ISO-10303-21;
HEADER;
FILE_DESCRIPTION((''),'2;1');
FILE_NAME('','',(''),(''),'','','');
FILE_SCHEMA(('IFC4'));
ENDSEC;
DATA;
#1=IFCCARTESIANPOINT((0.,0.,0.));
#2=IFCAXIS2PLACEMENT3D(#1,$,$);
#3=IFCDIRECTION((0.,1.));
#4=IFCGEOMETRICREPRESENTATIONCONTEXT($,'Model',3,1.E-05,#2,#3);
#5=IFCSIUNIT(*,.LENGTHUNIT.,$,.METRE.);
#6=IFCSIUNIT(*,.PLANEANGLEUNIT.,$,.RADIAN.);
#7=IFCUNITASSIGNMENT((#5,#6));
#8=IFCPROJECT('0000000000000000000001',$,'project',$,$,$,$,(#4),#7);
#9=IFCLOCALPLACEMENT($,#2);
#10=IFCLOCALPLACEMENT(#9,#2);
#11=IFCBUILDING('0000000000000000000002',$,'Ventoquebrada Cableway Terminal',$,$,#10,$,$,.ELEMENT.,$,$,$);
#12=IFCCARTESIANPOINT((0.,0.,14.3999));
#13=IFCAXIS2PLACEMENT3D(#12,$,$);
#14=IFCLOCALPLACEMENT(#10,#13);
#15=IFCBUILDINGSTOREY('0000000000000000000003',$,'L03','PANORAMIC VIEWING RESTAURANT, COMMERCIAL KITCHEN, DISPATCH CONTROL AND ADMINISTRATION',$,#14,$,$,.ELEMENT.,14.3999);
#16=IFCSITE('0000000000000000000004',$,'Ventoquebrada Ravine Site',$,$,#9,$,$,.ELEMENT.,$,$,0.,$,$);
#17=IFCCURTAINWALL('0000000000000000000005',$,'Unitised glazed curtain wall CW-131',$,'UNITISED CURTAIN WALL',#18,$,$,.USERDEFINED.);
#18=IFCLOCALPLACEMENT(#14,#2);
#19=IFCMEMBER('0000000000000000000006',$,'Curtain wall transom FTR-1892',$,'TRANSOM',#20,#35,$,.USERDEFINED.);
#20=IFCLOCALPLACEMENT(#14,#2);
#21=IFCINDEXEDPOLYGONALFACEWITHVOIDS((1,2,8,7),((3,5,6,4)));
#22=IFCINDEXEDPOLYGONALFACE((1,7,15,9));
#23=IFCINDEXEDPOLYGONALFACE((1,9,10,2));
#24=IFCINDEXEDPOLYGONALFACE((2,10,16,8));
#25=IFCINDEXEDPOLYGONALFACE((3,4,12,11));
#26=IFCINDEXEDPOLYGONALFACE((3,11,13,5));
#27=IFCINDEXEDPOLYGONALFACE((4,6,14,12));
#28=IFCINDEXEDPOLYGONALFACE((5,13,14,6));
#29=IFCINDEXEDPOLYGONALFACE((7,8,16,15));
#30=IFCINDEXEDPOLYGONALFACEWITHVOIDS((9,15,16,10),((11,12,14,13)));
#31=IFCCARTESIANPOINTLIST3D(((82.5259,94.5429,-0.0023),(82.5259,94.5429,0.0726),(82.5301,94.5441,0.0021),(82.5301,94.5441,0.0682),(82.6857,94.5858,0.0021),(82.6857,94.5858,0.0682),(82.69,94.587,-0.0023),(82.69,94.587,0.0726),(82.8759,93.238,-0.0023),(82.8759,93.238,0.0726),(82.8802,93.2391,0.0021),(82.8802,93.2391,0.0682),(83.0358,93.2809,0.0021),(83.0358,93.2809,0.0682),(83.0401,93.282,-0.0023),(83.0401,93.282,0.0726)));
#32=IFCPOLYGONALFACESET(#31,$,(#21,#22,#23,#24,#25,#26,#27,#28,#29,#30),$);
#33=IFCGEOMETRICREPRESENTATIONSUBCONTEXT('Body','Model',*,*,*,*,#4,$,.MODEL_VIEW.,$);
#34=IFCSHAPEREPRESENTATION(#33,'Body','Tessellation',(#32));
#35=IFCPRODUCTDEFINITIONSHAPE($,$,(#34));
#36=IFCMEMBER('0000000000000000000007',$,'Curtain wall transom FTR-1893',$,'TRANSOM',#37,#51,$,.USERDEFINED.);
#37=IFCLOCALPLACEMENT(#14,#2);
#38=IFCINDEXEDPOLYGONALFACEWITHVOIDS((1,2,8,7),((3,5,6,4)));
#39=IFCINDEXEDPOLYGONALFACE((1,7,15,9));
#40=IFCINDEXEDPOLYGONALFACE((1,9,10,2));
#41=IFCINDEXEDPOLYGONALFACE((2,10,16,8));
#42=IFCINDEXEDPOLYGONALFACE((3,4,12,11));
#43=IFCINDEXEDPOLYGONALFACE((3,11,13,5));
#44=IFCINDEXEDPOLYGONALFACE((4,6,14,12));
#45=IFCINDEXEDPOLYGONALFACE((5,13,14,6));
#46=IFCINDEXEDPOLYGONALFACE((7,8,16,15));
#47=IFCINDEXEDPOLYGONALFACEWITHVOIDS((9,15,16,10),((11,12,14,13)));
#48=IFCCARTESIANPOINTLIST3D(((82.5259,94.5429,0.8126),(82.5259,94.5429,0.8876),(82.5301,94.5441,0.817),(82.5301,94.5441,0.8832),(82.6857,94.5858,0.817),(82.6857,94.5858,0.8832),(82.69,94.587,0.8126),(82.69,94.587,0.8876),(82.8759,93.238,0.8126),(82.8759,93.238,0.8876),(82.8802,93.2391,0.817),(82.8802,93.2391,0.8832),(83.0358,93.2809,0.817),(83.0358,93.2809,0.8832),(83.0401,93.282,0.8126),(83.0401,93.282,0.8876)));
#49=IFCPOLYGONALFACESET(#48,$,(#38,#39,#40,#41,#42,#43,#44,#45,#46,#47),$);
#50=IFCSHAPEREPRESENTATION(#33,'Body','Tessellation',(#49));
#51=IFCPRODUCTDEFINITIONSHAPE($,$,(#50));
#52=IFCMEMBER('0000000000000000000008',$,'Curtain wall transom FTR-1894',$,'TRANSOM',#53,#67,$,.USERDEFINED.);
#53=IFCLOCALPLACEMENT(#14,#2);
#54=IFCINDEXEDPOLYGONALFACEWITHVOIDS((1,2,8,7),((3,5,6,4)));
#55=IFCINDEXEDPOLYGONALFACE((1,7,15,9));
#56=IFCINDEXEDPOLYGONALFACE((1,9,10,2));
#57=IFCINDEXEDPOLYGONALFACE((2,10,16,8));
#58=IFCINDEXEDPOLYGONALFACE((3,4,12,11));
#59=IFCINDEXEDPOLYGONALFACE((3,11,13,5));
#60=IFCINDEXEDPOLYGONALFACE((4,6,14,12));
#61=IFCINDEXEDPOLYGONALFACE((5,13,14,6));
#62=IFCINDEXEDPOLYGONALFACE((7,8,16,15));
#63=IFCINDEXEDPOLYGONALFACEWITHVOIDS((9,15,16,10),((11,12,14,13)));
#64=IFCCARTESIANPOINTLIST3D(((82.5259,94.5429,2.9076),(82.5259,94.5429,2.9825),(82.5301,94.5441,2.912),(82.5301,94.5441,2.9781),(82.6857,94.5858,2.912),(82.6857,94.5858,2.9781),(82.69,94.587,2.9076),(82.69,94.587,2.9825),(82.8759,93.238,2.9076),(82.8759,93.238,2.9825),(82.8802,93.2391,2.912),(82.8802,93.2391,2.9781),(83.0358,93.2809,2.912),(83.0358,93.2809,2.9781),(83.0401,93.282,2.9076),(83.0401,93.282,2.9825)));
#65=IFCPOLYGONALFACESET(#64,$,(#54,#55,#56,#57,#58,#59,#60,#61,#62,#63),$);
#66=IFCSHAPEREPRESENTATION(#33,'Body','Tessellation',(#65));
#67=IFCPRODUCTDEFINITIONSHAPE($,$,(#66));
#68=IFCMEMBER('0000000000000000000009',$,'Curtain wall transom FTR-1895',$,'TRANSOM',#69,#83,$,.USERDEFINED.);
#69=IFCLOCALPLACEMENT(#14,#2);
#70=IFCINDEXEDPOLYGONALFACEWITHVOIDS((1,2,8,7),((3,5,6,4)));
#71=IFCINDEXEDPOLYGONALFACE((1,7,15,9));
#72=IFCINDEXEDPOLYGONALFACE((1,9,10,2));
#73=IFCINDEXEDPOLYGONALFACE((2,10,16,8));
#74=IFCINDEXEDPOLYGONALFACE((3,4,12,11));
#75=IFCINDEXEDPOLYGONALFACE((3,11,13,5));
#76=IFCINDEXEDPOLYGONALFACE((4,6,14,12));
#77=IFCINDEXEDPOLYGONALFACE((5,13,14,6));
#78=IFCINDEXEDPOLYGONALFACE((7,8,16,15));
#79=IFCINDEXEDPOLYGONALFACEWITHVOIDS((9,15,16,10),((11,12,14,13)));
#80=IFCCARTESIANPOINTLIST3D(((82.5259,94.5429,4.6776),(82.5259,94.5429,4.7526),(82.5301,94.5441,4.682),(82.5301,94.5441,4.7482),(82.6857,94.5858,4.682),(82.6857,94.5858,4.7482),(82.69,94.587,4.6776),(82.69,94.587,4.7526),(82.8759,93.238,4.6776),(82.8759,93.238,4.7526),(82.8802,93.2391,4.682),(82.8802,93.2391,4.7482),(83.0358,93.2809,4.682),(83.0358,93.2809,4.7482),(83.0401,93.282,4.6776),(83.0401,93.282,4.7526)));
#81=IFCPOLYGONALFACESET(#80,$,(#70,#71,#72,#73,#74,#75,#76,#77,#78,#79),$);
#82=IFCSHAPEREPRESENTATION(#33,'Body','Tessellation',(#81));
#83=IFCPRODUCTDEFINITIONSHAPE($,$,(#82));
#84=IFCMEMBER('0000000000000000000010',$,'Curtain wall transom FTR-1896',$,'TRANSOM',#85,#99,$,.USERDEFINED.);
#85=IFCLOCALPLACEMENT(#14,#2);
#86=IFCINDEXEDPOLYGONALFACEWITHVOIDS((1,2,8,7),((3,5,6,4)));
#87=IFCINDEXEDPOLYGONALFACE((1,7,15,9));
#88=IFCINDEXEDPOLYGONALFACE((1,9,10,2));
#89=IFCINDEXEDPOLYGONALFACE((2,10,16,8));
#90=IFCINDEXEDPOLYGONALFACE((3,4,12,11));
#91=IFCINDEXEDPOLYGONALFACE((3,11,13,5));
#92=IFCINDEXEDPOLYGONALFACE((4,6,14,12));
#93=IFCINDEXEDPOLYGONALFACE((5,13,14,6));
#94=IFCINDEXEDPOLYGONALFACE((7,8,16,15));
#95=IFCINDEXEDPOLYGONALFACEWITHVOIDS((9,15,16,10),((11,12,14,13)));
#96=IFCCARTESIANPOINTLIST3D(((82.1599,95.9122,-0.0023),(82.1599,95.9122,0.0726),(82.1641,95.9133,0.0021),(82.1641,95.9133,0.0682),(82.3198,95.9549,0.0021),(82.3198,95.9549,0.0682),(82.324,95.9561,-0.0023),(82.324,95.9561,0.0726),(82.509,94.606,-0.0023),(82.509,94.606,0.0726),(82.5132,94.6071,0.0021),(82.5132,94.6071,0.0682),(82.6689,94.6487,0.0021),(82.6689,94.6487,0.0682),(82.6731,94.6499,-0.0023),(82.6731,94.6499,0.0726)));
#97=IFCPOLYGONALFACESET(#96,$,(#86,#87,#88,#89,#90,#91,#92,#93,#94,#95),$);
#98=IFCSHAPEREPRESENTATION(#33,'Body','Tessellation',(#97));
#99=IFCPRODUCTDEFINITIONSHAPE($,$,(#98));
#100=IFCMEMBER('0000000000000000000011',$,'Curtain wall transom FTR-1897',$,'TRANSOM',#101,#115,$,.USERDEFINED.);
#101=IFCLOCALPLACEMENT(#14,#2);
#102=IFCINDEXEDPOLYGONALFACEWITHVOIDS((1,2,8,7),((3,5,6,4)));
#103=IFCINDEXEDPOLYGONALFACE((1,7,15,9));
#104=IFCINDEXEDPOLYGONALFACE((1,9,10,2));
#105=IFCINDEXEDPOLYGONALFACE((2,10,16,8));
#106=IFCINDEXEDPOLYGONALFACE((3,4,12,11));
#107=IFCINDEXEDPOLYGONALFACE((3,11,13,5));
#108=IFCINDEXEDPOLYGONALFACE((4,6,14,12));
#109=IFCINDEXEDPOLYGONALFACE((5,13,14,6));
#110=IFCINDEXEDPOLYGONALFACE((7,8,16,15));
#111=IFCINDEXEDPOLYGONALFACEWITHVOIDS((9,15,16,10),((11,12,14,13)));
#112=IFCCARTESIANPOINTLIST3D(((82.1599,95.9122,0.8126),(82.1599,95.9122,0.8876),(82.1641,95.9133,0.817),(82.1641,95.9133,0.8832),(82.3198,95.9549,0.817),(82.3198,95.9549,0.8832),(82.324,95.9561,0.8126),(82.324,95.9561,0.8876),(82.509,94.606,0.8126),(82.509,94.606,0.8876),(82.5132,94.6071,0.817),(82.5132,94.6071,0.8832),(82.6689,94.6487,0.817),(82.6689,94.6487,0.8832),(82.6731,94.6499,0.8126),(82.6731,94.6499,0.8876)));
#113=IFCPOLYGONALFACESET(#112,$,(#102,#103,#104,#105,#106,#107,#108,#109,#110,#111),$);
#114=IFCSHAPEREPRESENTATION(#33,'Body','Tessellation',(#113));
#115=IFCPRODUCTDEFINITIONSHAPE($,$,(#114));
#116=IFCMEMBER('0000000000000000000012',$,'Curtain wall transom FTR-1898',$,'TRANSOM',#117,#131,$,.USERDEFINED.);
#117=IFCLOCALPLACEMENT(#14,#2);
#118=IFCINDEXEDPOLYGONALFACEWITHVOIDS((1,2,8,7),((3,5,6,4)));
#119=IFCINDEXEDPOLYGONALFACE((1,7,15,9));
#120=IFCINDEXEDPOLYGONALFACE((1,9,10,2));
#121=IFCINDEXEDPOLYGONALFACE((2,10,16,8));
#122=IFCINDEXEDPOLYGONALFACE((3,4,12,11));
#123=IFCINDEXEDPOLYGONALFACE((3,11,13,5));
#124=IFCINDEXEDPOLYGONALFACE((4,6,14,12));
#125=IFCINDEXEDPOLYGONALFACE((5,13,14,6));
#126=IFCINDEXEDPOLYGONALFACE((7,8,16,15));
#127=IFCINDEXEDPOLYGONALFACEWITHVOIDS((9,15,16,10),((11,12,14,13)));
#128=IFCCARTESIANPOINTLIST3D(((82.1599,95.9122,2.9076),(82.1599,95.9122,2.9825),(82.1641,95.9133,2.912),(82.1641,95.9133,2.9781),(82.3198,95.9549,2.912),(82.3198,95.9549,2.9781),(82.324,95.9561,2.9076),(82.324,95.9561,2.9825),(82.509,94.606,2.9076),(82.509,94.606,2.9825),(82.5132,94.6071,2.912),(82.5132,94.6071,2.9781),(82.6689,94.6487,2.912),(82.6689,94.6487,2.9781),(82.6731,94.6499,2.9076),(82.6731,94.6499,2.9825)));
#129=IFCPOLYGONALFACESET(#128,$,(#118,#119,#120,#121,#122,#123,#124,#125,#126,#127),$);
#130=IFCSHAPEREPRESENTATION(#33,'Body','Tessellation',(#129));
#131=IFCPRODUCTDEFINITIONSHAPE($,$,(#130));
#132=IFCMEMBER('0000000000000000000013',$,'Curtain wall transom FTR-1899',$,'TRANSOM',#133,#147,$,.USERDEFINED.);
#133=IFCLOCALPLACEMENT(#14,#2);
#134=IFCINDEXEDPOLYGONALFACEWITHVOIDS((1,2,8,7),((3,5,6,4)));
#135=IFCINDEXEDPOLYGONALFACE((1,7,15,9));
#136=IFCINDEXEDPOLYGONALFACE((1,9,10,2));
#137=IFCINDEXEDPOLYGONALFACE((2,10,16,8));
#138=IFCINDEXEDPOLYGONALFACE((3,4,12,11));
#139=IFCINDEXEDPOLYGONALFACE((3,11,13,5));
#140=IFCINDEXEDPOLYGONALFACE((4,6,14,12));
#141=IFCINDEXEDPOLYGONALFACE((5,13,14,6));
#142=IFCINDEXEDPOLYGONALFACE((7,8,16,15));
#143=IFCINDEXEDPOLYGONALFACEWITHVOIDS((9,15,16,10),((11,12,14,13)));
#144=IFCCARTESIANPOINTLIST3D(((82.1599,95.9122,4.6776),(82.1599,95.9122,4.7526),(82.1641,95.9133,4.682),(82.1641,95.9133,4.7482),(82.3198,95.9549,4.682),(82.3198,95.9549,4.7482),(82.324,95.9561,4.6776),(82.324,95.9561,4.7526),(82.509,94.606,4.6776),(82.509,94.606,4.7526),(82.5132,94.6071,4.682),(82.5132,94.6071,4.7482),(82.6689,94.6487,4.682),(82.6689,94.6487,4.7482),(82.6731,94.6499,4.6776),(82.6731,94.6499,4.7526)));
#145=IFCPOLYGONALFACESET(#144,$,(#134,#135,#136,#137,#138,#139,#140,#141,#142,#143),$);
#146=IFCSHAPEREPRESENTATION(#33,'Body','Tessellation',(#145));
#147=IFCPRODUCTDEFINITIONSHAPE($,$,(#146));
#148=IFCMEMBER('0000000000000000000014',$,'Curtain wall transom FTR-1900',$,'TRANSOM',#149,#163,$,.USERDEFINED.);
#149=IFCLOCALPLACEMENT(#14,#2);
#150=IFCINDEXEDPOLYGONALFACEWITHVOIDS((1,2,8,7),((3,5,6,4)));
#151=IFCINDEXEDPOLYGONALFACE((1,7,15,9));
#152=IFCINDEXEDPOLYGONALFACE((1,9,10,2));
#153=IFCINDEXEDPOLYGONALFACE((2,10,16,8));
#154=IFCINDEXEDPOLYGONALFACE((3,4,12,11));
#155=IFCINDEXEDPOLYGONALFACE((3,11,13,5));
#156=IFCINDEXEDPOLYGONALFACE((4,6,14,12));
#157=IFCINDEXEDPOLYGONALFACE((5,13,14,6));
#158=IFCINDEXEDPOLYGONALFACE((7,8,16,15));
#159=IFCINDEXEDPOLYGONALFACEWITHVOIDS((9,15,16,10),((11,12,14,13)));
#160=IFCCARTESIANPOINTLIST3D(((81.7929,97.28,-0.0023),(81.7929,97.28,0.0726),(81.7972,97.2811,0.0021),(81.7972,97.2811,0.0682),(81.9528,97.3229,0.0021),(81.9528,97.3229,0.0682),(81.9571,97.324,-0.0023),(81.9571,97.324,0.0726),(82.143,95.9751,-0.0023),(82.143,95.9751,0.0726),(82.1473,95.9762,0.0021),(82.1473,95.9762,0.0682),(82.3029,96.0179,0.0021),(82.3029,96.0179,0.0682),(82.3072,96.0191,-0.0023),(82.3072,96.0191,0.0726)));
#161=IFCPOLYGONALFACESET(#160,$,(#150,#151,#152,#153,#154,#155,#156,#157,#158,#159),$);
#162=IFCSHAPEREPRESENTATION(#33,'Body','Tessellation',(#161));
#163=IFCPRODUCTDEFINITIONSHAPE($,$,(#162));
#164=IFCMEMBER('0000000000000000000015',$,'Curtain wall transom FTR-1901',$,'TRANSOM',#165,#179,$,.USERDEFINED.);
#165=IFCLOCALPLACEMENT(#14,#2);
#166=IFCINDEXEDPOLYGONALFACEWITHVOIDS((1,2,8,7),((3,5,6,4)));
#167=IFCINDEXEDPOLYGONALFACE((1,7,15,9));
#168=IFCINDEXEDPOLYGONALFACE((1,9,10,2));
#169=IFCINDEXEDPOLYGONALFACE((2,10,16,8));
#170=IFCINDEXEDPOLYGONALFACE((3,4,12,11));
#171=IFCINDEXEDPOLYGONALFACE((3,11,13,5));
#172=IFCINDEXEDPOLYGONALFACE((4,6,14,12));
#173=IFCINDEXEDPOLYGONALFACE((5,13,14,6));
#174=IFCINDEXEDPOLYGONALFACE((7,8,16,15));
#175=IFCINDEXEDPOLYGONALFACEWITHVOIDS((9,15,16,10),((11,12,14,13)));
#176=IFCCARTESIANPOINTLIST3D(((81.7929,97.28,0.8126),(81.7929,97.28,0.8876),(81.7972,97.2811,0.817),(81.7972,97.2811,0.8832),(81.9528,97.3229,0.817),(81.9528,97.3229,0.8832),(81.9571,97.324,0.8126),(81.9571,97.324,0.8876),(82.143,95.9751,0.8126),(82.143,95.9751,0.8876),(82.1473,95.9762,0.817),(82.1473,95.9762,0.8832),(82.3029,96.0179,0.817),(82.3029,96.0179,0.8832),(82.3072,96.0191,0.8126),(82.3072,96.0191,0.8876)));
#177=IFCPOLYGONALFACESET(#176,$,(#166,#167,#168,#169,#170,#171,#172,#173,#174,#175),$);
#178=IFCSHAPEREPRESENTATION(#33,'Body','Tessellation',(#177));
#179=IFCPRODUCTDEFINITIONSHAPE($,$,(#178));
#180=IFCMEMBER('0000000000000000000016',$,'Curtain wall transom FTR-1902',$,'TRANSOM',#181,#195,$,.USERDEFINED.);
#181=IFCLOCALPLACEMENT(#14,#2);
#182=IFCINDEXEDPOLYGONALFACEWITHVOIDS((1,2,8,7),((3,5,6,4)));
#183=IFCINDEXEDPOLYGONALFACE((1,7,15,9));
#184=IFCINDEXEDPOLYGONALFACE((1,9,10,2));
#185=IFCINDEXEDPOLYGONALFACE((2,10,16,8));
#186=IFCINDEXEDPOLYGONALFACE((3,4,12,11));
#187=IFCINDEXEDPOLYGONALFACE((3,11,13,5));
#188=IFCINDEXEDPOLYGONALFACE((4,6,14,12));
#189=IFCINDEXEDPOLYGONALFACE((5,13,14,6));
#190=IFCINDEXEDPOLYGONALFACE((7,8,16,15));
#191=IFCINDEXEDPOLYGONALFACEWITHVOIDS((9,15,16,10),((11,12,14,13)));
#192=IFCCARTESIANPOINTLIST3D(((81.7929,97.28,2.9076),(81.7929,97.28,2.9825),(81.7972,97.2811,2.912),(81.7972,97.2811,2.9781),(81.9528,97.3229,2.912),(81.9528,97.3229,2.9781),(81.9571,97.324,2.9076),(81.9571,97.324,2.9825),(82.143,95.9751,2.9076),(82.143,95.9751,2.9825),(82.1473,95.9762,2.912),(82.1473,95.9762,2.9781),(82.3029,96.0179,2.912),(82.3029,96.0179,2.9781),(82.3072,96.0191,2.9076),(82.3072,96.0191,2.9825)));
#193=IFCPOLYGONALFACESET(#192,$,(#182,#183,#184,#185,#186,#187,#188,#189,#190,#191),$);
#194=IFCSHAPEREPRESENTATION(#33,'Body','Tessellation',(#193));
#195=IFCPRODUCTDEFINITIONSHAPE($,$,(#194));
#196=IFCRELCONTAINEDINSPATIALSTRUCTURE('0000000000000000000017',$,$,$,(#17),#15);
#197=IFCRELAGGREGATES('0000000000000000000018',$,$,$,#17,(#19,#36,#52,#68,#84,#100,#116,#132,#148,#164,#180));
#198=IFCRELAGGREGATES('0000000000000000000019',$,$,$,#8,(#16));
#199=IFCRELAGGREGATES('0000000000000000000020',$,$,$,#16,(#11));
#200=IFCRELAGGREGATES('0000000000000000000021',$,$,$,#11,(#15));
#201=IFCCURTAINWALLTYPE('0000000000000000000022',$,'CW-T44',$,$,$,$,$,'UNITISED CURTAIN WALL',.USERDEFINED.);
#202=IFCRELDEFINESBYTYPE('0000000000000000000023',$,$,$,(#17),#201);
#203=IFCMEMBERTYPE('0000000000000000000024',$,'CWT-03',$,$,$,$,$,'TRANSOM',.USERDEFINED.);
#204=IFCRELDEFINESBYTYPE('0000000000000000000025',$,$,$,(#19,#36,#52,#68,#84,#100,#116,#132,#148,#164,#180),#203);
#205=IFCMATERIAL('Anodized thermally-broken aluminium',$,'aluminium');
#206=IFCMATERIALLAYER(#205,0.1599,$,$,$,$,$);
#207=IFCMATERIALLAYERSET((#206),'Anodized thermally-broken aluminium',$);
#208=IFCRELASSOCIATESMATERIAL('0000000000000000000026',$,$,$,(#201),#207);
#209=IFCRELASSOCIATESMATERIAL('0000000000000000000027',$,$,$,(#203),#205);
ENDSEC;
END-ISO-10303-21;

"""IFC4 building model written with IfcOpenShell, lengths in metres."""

from ifc_helpers import new_model, si_unit, direction, frame, origin, origin_2d, place, context, subcontext, project, spatial, hollow_rectangle, extrude, material, layer, layer_set, material_profile, profile_set, type_object, element, aggregate, save


model = new_model("IFC4")

# Units and contexts
model_context = context("Model", 3, precision=1e-05, world=origin(), true_north=direction((0.0, 1.0)))
body_context = subcontext(model_context, "Body", "Model", "MODEL_VIEW")
ifc_project = project(units=[si_unit("LENGTHUNIT", "METRE"), si_unit("PLANEANGLEUNIT", "RADIAN")], contexts=[model_context])

# Site, building, storey
site_placement = place(None, origin())
site = spatial("IfcSite", under=ifc_project, at=site_placement, Name="Ventoquebrada Ravine Site", CompositionType="ELEMENT", RefElevation=0.0)
building_placement = place(site_placement, origin())
building = spatial("IfcBuilding", under=site, at=building_placement, Name="Ventoquebrada Cableway Terminal", CompositionType="ELEMENT")
storey_placement = place(building_placement, frame((0.0, 0.0, 14.3999)))
storey = spatial("IfcBuildingStorey", under=building, at=storey_placement, Name="L03", Description="PANORAMIC VIEWING RESTAURANT, COMMERCIAL KITCHEN, DISPATCH CONTROL AND ADMINISTRATION", CompositionType="ELEMENT", Elevation=14.3999)

# Curtain wall, members
ifc_material_1 = material(Name="Anodized thermally-broken aluminium", Category="aluminium")
ifc_layer_1 = layer(ifc_material_1, 0.1599)
ifc_layer_set_1 = layer_set([ifc_layer_1], Name="Anodized thermally-broken aluminium")
curtain_wall_type = type_object("IfcCurtainWallType", Name="CW-T44", ElementType="UNITISED CURTAIN WALL", PredefinedType="USERDEFINED", material=ifc_layer_set_1)
curtain_wall_placement = place(storey_placement, origin())
curtain_wall = element("IfcCurtainWall", 1, at=curtain_wall_placement, inside=storey, type_object=curtain_wall_type, Name="Unitised glazed curtain wall CW-131", ObjectType="UNITISED CURTAIN WALL", PredefinedType="USERDEFINED")
ifc_material_profile_1 = material_profile(ifc_material_1, hollow_rectangle(XDim=0.075, YDim=0.1699, WallThickness=0.0044, at=origin_2d()), Name="CW-TRN-75X170")
ifc_profile_set_1 = profile_set([ifc_material_profile_1], Name="Anodized thermally-broken aluminium")
member_type_1 = type_object("IfcMemberType", Name="CWT-03", ElementType="TRANSOM", PredefinedType="USERDEFINED", material=ifc_profile_set_1)
member_1_placement = place(storey_placement, frame((82.958, 93.26, 0.0352), z_axis=(-0.259124, 0.965844, 0.0), x_axis=(0.0, 0.0, 1.0)))
member_1 = element("IfcMember", 2, at=member_1_placement, type_object=member_type_1, Name="Curtain wall transom FTR-1892", ObjectType="TRANSOM", PredefinedType="USERDEFINED", context=body_context, shape_type="SweptSolid", body=[
    extrude(hollow_rectangle(XDim=0.075, YDim=0.1699, WallThickness=0.0044, at=origin_2d()), origin(), (0.0, 0.0, 1.0), 1.3511),
])
member_2_placement = place(storey_placement, frame((82.958, 93.26, 0.8501), z_axis=(-0.259124, 0.965844, 0.0), x_axis=(0.0, 0.0, 1.0)))
member_2 = element("IfcMember", 3, at=member_2_placement, type_object=member_type_1, Name="Curtain wall transom FTR-1893", ObjectType="TRANSOM", PredefinedType="USERDEFINED", context=body_context, shape_type="SweptSolid", body=[
    extrude(hollow_rectangle(XDim=0.075, YDim=0.1699, WallThickness=0.0044, at=origin_2d()), origin(), (0.0, 0.0, 1.0), 1.3511),
])
member_3_placement = place(storey_placement, frame((82.958, 93.26, 2.9451), z_axis=(-0.259124, 0.965844, 0.0), x_axis=(0.0, 0.0, 1.0)))
member_3 = element("IfcMember", 4, at=member_3_placement, type_object=member_type_1, Name="Curtain wall transom FTR-1894", ObjectType="TRANSOM", PredefinedType="USERDEFINED", context=body_context, shape_type="SweptSolid", body=[
    extrude(hollow_rectangle(XDim=0.075, YDim=0.1699, WallThickness=0.0044, at=origin_2d()), origin(), (0.0, 0.0, 1.0), 1.3511),
])
member_4_placement = place(storey_placement, frame((82.958, 93.26, 4.7151), z_axis=(-0.259124, 0.965844, 0.0), x_axis=(0.0, 0.0, 1.0)))
member_4 = element("IfcMember", 5, at=member_4_placement, type_object=member_type_1, Name="Curtain wall transom FTR-1895", ObjectType="TRANSOM", PredefinedType="USERDEFINED", context=body_context, shape_type="SweptSolid", body=[
    extrude(hollow_rectangle(XDim=0.075, YDim=0.1699, WallThickness=0.0044, at=origin_2d()), origin(), (0.0, 0.0, 1.0), 1.3511),
])
member_5_placement = place(storey_placement, frame((82.5911, 94.6279, 0.0352), z_axis=(-0.258225, 0.966085, 0.0), x_axis=(0.0, 0.0, 1.0)))
member_5 = element("IfcMember", 6, at=member_5_placement, type_object=member_type_1, Name="Curtain wall transom FTR-1896", ObjectType="TRANSOM", PredefinedType="USERDEFINED", context=body_context, shape_type="SweptSolid", body=[
    extrude(hollow_rectangle(XDim=0.075, YDim=0.1699, WallThickness=0.0044, at=origin_2d()), origin(), (0.0, 0.0, 1.0), 1.3521),
])
member_6_placement = place(storey_placement, frame((82.5911, 94.6279, 0.8501), z_axis=(-0.258225, 0.966085, 0.0), x_axis=(0.0, 0.0, 1.0)))
member_6 = element("IfcMember", 7, at=member_6_placement, type_object=member_type_1, Name="Curtain wall transom FTR-1897", ObjectType="TRANSOM", PredefinedType="USERDEFINED", context=body_context, shape_type="SweptSolid", body=[
    extrude(hollow_rectangle(XDim=0.075, YDim=0.1699, WallThickness=0.0044, at=origin_2d()), origin(), (0.0, 0.0, 1.0), 1.3521),
])
member_7_placement = place(storey_placement, frame((82.5911, 94.6279, 2.9451), z_axis=(-0.258225, 0.966085, 0.0), x_axis=(0.0, 0.0, 1.0)))
member_7 = element("IfcMember", 8, at=member_7_placement, type_object=member_type_1, Name="Curtain wall transom FTR-1898", ObjectType="TRANSOM", PredefinedType="USERDEFINED", context=body_context, shape_type="SweptSolid", body=[
    extrude(hollow_rectangle(XDim=0.075, YDim=0.1699, WallThickness=0.0044, at=origin_2d()), origin(), (0.0, 0.0, 1.0), 1.3521),
])
member_8_placement = place(storey_placement, frame((82.5911, 94.6279, 4.7151), z_axis=(-0.258225, 0.966085, 0.0), x_axis=(0.0, 0.0, 1.0)))
member_8 = element("IfcMember", 9, at=member_8_placement, type_object=member_type_1, Name="Curtain wall transom FTR-1899", ObjectType="TRANSOM", PredefinedType="USERDEFINED", context=body_context, shape_type="SweptSolid", body=[
    extrude(hollow_rectangle(XDim=0.075, YDim=0.1699, WallThickness=0.0044, at=origin_2d()), origin(), (0.0, 0.0, 1.0), 1.3521),
])
member_9_placement = place(storey_placement, frame((82.2251, 95.9971, 0.0352), z_axis=(-0.259124, 0.965844, 0.0), x_axis=(0.0, 0.0, 1.0)))
member_9 = element("IfcMember", 10, at=member_9_placement, type_object=member_type_1, Name="Curtain wall transom FTR-1900", ObjectType="TRANSOM", PredefinedType="USERDEFINED", context=body_context, shape_type="SweptSolid", body=[
    extrude(hollow_rectangle(XDim=0.075, YDim=0.1699, WallThickness=0.0044, at=origin_2d()), origin(), (0.0, 0.0, 1.0), 1.3511),
])
member_10_placement = place(storey_placement, frame((82.2251, 95.9971, 0.8501), z_axis=(-0.259124, 0.965844, 0.0), x_axis=(0.0, 0.0, 1.0)))
member_10 = element("IfcMember", 11, at=member_10_placement, type_object=member_type_1, Name="Curtain wall transom FTR-1901", ObjectType="TRANSOM", PredefinedType="USERDEFINED", context=body_context, shape_type="SweptSolid", body=[
    extrude(hollow_rectangle(XDim=0.075, YDim=0.1699, WallThickness=0.0044, at=origin_2d()), origin(), (0.0, 0.0, 1.0), 1.3511),
])
member_11_placement = place(storey_placement, frame((82.2251, 95.9971, 2.9451), z_axis=(-0.259124, 0.965844, 0.0), x_axis=(0.0, 0.0, 1.0)))
member_11 = element("IfcMember", 12, at=member_11_placement, type_object=member_type_1, Name="Curtain wall transom FTR-1902", ObjectType="TRANSOM", PredefinedType="USERDEFINED", context=body_context, shape_type="SweptSolid", body=[
    extrude(hollow_rectangle(XDim=0.075, YDim=0.1699, WallThickness=0.0044, at=origin_2d()), origin(), (0.0, 0.0, 1.0), 1.3511),
])

aggregate(curtain_wall, [member_1, member_2, member_3, member_4, member_5, member_6, member_7, member_8, member_9, member_10, member_11])

save(model, "model.ifc")
